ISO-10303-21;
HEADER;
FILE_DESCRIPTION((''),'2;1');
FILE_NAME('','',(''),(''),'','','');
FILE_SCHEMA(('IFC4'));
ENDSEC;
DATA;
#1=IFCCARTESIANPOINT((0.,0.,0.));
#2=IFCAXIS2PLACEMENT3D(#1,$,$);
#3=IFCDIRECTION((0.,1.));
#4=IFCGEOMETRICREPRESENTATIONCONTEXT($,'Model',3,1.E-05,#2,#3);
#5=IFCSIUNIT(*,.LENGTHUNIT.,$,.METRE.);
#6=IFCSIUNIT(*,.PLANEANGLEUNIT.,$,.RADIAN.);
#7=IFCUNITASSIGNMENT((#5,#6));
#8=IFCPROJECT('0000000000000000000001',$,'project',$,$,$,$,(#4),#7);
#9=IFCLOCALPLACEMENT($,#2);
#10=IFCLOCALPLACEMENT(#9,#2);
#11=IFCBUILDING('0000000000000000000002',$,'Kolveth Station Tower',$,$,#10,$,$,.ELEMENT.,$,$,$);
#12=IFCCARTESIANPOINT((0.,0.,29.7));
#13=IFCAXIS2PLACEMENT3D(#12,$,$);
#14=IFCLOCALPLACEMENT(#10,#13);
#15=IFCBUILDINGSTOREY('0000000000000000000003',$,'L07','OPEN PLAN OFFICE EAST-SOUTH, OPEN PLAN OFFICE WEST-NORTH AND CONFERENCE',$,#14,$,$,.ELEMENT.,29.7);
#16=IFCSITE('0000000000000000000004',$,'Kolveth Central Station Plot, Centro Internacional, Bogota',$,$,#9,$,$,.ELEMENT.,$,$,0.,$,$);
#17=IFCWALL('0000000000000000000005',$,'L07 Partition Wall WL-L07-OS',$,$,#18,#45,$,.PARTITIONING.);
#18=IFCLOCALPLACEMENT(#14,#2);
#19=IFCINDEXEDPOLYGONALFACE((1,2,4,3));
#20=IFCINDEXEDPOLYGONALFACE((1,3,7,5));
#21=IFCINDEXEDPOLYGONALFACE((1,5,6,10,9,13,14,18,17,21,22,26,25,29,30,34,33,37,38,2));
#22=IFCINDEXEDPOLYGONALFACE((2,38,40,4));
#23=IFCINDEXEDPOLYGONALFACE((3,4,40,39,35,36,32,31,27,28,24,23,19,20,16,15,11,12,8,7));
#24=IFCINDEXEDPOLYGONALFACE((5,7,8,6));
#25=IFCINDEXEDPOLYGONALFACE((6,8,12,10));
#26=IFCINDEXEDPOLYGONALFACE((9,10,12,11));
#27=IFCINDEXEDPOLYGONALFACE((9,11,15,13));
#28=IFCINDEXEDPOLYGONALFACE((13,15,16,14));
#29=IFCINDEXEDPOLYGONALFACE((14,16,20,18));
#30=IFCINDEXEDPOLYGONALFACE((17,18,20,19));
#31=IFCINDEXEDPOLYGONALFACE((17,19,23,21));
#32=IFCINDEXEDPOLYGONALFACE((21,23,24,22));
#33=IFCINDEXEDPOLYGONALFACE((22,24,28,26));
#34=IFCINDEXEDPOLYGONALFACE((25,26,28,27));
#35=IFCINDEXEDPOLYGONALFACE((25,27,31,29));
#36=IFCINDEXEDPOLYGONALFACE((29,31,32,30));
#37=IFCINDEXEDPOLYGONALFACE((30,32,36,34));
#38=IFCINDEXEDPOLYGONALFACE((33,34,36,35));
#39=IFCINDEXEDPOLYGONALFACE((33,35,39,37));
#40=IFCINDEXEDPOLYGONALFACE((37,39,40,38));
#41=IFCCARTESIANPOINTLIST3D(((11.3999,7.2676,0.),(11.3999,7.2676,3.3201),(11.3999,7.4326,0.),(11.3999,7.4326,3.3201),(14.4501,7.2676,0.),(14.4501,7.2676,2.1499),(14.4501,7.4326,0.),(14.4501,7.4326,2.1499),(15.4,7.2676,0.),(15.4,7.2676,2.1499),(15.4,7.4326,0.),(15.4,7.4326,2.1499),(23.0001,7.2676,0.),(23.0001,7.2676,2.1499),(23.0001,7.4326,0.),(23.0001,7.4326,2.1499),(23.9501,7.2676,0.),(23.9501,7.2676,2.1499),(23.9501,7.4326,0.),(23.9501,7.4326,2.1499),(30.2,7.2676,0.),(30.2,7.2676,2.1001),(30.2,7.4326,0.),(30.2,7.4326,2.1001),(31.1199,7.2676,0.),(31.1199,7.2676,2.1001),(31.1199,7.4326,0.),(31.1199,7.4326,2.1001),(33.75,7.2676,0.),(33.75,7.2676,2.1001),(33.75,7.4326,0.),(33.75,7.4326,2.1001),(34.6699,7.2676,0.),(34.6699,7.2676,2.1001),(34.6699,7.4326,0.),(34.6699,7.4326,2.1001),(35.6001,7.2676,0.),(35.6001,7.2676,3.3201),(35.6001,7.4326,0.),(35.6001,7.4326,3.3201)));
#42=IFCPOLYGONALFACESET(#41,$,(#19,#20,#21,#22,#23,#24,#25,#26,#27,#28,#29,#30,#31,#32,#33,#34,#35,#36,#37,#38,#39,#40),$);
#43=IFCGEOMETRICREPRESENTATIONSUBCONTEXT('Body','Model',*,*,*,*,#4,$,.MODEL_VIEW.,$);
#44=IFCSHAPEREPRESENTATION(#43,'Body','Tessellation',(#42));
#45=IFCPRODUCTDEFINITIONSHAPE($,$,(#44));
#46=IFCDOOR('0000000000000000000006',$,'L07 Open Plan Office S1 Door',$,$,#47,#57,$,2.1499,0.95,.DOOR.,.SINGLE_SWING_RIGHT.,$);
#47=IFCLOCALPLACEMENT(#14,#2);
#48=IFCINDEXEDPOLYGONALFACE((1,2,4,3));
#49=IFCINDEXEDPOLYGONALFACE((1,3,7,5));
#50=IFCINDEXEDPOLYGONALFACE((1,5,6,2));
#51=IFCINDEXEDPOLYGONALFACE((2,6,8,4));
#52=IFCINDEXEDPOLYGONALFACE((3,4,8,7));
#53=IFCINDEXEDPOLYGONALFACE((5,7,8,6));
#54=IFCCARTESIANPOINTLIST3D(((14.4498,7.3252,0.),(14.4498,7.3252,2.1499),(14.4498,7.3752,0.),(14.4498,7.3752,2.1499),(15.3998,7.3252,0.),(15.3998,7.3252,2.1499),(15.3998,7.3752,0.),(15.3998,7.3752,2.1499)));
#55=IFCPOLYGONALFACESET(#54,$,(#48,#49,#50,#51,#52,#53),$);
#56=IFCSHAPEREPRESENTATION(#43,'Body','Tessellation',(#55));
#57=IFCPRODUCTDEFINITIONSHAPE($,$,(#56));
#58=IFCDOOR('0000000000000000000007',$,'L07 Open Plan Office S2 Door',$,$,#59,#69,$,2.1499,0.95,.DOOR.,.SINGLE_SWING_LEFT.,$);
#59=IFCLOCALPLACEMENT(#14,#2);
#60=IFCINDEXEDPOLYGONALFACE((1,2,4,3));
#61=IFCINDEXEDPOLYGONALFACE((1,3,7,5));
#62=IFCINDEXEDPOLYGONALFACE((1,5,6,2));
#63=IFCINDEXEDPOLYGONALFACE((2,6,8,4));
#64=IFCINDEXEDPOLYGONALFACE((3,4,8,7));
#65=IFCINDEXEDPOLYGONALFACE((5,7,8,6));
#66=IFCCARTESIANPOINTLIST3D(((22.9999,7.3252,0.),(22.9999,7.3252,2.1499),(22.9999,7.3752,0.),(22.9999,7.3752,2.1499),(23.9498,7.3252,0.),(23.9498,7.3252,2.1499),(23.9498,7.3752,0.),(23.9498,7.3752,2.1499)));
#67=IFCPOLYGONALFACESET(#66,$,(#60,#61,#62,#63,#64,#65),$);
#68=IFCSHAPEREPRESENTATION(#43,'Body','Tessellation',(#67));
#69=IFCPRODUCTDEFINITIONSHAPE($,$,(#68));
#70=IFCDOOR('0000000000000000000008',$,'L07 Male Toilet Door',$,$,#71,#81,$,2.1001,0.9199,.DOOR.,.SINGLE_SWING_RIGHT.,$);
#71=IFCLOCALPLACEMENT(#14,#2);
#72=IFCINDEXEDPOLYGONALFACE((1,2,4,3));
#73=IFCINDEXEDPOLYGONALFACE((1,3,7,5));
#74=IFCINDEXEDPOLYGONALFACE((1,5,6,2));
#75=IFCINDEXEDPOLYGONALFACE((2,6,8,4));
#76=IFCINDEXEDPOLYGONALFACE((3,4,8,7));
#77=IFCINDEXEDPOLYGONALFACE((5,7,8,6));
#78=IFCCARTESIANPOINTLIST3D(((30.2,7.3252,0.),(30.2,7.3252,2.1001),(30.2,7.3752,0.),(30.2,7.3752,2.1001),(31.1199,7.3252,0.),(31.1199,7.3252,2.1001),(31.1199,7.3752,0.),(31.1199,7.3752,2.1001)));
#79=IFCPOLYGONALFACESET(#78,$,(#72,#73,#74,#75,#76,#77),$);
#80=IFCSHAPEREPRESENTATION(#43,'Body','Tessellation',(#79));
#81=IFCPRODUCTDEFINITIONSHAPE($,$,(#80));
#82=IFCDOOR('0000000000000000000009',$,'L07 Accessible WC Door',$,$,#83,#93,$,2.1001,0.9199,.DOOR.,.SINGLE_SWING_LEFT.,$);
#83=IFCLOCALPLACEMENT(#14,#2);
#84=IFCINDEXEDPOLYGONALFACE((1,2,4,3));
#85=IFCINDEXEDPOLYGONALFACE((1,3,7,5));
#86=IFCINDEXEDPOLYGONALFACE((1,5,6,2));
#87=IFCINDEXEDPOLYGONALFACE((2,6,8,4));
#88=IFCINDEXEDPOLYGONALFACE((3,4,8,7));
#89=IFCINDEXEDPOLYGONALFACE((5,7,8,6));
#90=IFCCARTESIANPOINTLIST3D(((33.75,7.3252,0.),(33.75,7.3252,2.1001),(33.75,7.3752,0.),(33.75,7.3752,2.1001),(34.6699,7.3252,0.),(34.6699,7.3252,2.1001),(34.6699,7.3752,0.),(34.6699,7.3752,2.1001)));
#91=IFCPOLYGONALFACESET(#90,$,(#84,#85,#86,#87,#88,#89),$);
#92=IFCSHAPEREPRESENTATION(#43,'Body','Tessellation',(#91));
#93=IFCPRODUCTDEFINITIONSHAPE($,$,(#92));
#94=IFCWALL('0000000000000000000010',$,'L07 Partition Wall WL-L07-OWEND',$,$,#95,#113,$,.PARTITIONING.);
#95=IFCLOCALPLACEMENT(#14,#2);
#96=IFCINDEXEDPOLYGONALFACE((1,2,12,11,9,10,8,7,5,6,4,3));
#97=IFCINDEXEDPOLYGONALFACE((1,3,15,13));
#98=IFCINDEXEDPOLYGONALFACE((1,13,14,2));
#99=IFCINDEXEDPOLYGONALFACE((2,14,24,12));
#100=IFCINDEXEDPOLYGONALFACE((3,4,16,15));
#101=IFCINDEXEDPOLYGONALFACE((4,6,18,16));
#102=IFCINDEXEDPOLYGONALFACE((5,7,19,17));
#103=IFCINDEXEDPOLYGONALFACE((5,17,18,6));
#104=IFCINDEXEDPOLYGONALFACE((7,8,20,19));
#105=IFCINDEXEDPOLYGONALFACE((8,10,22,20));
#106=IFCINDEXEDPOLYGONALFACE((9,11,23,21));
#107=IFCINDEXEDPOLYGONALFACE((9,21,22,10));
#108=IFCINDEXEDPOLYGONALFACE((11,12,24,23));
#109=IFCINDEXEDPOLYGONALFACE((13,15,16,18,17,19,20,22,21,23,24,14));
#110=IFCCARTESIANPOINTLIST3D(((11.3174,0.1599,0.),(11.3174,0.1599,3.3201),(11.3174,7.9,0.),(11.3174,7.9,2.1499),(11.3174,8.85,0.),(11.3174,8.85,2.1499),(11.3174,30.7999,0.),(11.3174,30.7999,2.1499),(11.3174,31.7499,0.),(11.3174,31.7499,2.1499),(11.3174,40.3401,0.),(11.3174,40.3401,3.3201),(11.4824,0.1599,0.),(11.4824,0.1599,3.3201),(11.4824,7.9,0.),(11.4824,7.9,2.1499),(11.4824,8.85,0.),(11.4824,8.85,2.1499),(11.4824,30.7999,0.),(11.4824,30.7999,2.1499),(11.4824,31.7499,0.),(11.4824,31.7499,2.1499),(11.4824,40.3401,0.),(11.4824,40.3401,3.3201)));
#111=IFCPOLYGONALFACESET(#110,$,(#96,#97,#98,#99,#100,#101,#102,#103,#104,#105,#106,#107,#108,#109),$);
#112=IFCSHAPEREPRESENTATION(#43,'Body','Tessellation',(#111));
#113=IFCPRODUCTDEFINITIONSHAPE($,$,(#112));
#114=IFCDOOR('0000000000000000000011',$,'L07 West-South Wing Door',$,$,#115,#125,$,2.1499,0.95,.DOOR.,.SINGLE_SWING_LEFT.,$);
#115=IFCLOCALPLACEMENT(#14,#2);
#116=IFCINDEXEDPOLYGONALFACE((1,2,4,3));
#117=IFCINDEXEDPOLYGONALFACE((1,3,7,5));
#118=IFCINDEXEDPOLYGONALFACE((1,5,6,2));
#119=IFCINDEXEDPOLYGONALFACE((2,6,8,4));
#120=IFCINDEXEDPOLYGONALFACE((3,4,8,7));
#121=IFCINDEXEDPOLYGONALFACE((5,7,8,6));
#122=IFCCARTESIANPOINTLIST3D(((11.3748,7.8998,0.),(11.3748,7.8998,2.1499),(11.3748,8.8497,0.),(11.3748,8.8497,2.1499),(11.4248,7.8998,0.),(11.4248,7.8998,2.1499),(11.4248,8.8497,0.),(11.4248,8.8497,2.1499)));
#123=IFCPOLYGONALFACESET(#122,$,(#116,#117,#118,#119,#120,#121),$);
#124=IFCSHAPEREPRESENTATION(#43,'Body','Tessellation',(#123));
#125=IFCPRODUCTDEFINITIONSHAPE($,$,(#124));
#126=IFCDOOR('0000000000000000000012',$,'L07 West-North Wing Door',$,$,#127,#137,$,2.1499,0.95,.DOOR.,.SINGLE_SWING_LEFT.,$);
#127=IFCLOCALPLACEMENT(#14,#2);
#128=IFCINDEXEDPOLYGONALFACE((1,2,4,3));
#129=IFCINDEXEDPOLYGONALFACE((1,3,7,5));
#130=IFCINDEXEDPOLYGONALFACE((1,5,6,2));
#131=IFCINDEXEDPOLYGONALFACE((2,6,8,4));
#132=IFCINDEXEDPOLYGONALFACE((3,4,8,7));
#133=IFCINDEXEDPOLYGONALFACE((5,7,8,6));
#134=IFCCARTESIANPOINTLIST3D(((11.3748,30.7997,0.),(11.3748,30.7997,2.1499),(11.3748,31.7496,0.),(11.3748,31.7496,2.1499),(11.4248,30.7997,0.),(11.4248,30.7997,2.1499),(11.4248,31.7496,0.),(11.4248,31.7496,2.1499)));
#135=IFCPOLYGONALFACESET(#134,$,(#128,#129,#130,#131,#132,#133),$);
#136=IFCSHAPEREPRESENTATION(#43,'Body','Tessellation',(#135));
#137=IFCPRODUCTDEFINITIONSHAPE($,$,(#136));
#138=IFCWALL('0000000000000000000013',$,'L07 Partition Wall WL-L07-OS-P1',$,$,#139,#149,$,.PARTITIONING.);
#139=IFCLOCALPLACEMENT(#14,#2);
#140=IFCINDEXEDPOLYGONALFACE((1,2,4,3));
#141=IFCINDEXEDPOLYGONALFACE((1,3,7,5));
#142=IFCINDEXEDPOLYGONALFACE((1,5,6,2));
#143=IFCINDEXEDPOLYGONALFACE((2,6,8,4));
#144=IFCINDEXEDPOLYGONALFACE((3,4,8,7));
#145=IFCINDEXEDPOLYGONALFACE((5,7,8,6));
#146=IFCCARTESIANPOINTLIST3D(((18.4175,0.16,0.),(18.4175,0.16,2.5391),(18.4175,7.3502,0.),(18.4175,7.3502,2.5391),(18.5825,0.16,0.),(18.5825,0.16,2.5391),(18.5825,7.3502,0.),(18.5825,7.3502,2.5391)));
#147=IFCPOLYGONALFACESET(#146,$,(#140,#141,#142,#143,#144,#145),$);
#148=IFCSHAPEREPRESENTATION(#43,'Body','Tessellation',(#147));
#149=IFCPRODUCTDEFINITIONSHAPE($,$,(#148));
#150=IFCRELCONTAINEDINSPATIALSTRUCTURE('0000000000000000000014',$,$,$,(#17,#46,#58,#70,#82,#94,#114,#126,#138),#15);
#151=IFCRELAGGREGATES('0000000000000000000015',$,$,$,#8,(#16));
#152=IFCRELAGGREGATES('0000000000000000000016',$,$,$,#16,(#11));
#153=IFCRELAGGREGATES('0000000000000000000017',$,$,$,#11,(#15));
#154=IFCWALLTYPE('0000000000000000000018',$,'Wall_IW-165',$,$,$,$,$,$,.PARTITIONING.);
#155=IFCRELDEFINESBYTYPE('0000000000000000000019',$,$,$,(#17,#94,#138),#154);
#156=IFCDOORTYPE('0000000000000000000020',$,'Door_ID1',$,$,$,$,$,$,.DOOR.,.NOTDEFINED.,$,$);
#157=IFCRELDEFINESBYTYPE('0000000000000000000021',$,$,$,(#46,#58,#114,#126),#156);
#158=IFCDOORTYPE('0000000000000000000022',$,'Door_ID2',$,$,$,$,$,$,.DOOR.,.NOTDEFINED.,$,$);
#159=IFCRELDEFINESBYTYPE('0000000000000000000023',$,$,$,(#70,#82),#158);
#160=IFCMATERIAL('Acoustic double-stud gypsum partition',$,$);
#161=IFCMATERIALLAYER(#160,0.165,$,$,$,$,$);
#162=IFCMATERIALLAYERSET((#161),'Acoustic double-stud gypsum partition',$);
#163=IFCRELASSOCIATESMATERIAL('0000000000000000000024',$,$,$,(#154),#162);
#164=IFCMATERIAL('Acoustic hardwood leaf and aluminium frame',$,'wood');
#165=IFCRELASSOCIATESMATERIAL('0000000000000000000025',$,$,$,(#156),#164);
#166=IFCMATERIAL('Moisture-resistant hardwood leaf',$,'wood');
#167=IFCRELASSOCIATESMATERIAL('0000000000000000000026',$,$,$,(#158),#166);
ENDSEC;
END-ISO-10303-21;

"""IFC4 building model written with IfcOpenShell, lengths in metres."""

from ifc_helpers import new_model, si_unit, direction, frame, frame_2d, origin, place, context, subcontext, project, spatial, rectangle, extrude, material, layer, layer_set, type_object, element, fill, save


model = new_model("IFC4")

# Units and contexts
model_context = context("Model", 3, precision=1e-05, world=origin(), true_north=direction((0.0, 1.0)))
body_context = subcontext(model_context, "Body", "Model", "MODEL_VIEW")
ifc_project = project(units=[si_unit("LENGTHUNIT", "METRE"), si_unit("PLANEANGLEUNIT", "RADIAN")], contexts=[model_context])

# Site, building, storey
site_placement = place(None, origin())
site = spatial("IfcSite", under=ifc_project, at=site_placement, Name="Kolveth Central Station Plot, Centro Internacional, Bogota", CompositionType="ELEMENT", RefElevation=0.0)
building_placement = place(site_placement, origin())
building = spatial("IfcBuilding", under=site, at=building_placement, Name="Kolveth Station Tower", CompositionType="ELEMENT")
storey_placement = place(building_placement, frame((0.0, 0.0, 29.7)))
storey = spatial("IfcBuildingStorey", under=building, at=storey_placement, Name="L07", Description="OPEN PLAN OFFICE EAST-SOUTH, OPEN PLAN OFFICE WEST-NORTH AND CONFERENCE", CompositionType="ELEMENT", Elevation=29.7)

# Walls, openings, doors
ifc_material_1 = material(Name="Acoustic double-stud gypsum partition")
ifc_layer_1 = layer(ifc_material_1, 0.165)
ifc_layer_set_1 = layer_set([ifc_layer_1], Name="Acoustic double-stud gypsum partition")
wall_type = type_object("IfcWallType", Name="Wall_IW-165", PredefinedType="PARTITIONING", material=ifc_layer_set_1)
wall_1_placement = place(storey_placement, frame((11.3999, 7.3501, 0.0), z_axis=(0.0, 0.0, 1.0), x_axis=(1.0, 0.0, 0.0)))
wall_1 = element("IfcWall", 1, at=wall_1_placement, inside=storey, type_object=wall_type, Name="L07 Partition Wall WL-L07-OS", PredefinedType="PARTITIONING", context=body_context, shape_type="SweptSolid", body=[
    extrude(rectangle(XDim=24.2002, YDim=0.165, at=frame_2d((12.1001, 0.0))), origin(), (0.0, 0.0, 1.0), 3.3201),
])
opening_1_placement = place(wall_1_placement, frame((3.05, 0.0, 0.0)))
opening_1 = element("IfcOpeningElement", 2, at=opening_1_placement, cuts=wall_1, PredefinedType="OPENING", context=body_context, shape_type="SweptSolid", body=[
    extrude(rectangle(XDim=0.95, YDim=2.1499, at=frame_2d((0.4751, 1.075))), frame((0.0, 0.0925, 0.0), z_axis=(0.0, -1.0, 0.0), x_axis=(1.0, 0.0, 0.0)), (0.0, 0.0, 1.0), 0.1851),
])
opening_2_placement = place(wall_1_placement, frame((11.6001, 0.0, 0.0)))
opening_2 = element("IfcOpeningElement", 3, at=opening_2_placement, cuts=wall_1, PredefinedType="OPENING", context=body_context, shape_type="SweptSolid", body=[
    extrude(rectangle(XDim=0.95, YDim=2.1499, at=frame_2d((0.4751, 1.075))), frame((0.0, 0.0925, 0.0), z_axis=(0.0, -1.0, 0.0), x_axis=(1.0, 0.0, 0.0)), (0.0, 0.0, 1.0), 0.1851),
])
opening_3_placement = place(wall_1_placement, frame((18.8, 0.0, 0.0)))
opening_3 = element("IfcOpeningElement", 4, at=opening_3_placement, cuts=wall_1, PredefinedType="OPENING", context=body_context, shape_type="SweptSolid", body=[
    extrude(rectangle(XDim=0.9199, YDim=2.1001, at=frame_2d((0.46, 1.05))), frame((0.0, 0.0925, 0.0), z_axis=(0.0, -1.0, 0.0), x_axis=(1.0, 0.0, 0.0)), (0.0, 0.0, 1.0), 0.1851),
])
opening_4_placement = place(wall_1_placement, frame((22.3501, 0.0, 0.0)))
opening_4 = element("IfcOpeningElement", 5, at=opening_4_placement, cuts=wall_1, PredefinedType="OPENING", context=body_context, shape_type="SweptSolid", body=[
    extrude(rectangle(XDim=0.9199, YDim=2.1001, at=frame_2d((0.46, 1.05))), frame((0.0, 0.0925, 0.0), z_axis=(0.0, -1.0, 0.0), x_axis=(1.0, 0.0, 0.0)), (0.0, 0.0, 1.0), 0.1851),
])
ifc_material_2 = material(Name="Acoustic hardwood leaf and aluminium frame", Category="wood")
door_type_1 = type_object("IfcDoorType", Name="Door_ID1", OperationType="NOTDEFINED", PredefinedType="DOOR", material=ifc_material_2)
door_1_placement = place(opening_1_placement, frame((0.95, 0.0, 0.0), z_axis=(0.0, 0.0, 1.0), x_axis=(-1.0, 0.0, 0.0)))
door_1 = element("IfcDoor", 6, at=door_1_placement, inside=storey, type_object=door_type_1, Name="L07 Open Plan Office S1 Door", OperationType="SINGLE_SWING_RIGHT", OverallHeight=2.1499, OverallWidth=0.95, PredefinedType="DOOR", context=body_context, shape_type="SweptSolid", body=[
    extrude(rectangle(XDim=0.95, YDim=2.1499, at=frame_2d((0.4751, 1.075))), frame((0.0, 0.0249, 0.0), z_axis=(0.0, -1.0, 0.0), x_axis=(1.0, 0.0, 0.0)), (0.0, 0.0, 1.0), 0.05),
])
fill(opening_1, door_1)
door_2_placement = place(opening_2_placement, frame((0.95, 0.0, 0.0), z_axis=(0.0, 0.0, 1.0), x_axis=(-1.0, 0.0, 0.0)))
door_2 = element("IfcDoor", 7, at=door_2_placement, inside=storey, type_object=door_type_1, Name="L07 Open Plan Office S2 Door", OperationType="SINGLE_SWING_LEFT", OverallHeight=2.1499, OverallWidth=0.95, PredefinedType="DOOR", context=body_context, shape_type="SweptSolid", body=[
    extrude(rectangle(XDim=0.95, YDim=2.1499, at=frame_2d((0.4751, 1.075))), frame((0.0, 0.0249, 0.0), z_axis=(0.0, -1.0, 0.0), x_axis=(1.0, 0.0, 0.0)), (0.0, 0.0, 1.0), 0.05),
])
fill(opening_2, door_2)
ifc_material_3 = material(Name="Moisture-resistant hardwood leaf", Category="wood")
door_type_2 = type_object("IfcDoorType", Name="Door_ID2", OperationType="NOTDEFINED", PredefinedType="DOOR", material=ifc_material_3)
door_3_placement = place(opening_3_placement, frame((0.9199, 0.0, 0.0), z_axis=(0.0, 0.0, 1.0), x_axis=(-1.0, 0.0, 0.0)))
door_3 = element("IfcDoor", 8, at=door_3_placement, inside=storey, type_object=door_type_2, Name="L07 Male Toilet Door", OperationType="SINGLE_SWING_RIGHT", OverallHeight=2.1001, OverallWidth=0.9199, PredefinedType="DOOR", context=body_context, shape_type="SweptSolid", body=[
    extrude(rectangle(XDim=0.9199, YDim=2.1001, at=frame_2d((0.46, 1.05))), frame((0.0, 0.0249, 0.0), z_axis=(0.0, -1.0, 0.0), x_axis=(1.0, 0.0, 0.0)), (0.0, 0.0, 1.0), 0.05),
])
fill(opening_3, door_3)
door_4_placement = place(opening_4_placement, frame((0.9199, 0.0, 0.0), z_axis=(0.0, 0.0, 1.0), x_axis=(-1.0, 0.0, 0.0)))
door_4 = element("IfcDoor", 9, at=door_4_placement, inside=storey, type_object=door_type_2, Name="L07 Accessible WC Door", OperationType="SINGLE_SWING_LEFT", OverallHeight=2.1001, OverallWidth=0.9199, PredefinedType="DOOR", context=body_context, shape_type="SweptSolid", body=[
    extrude(rectangle(XDim=0.9199, YDim=2.1001, at=frame_2d((0.46, 1.05))), frame((0.0, 0.0249, 0.0), z_axis=(0.0, -1.0, 0.0), x_axis=(1.0, 0.0, 0.0)), (0.0, 0.0, 1.0), 0.05),
])
fill(opening_4, door_4)
wall_2_placement = place(storey_placement, frame((11.3999, 0.1599, 0.0), z_axis=(0.0, 0.0, 1.0), x_axis=(0.0, 1.0, 0.0)))
wall_2 = element("IfcWall", 10, at=wall_2_placement, inside=storey, type_object=wall_type, Name="L07 Partition Wall WL-L07-OWEND", PredefinedType="PARTITIONING", context=body_context, shape_type="SweptSolid", body=[
    extrude(rectangle(XDim=40.1802, YDim=0.165, at=frame_2d((20.0901, 0.0))), origin(), (0.0, 0.0, 1.0), 3.3201),
])
opening_5_placement = place(wall_2_placement, frame((7.74, 0.0, 0.0)))
opening_5 = element("IfcOpeningElement", 11, at=opening_5_placement, cuts=wall_2, PredefinedType="OPENING", context=body_context, shape_type="SweptSolid", body=[
    extrude(rectangle(XDim=0.95, YDim=2.1499, at=frame_2d((0.4751, 1.075))), frame((0.0, 0.0925, 0.0), z_axis=(0.0, -1.0, 0.0), x_axis=(1.0, 0.0, 0.0)), (0.0, 0.0, 1.0), 0.1851),
])
opening_6_placement = place(wall_2_placement, frame((30.6399, 0.0, 0.0)))
opening_6 = element("IfcOpeningElement", 12, at=opening_6_placement, cuts=wall_2, PredefinedType="OPENING", context=body_context, shape_type="SweptSolid", body=[
    extrude(rectangle(XDim=0.95, YDim=2.1499, at=frame_2d((0.4751, 1.075))), frame((0.0, 0.0925, 0.0), z_axis=(0.0, -1.0, 0.0), x_axis=(1.0, 0.0, 0.0)), (0.0, 0.0, 1.0), 0.1851),
])
door_5_placement = place(opening_5_placement, frame((0.95, 0.0, 0.0), z_axis=(0.0, 0.0, 1.0), x_axis=(-1.0, 0.0, 0.0)))
door_5 = element("IfcDoor", 13, at=door_5_placement, inside=storey, type_object=door_type_1, Name="L07 West-South Wing Door", OperationType="SINGLE_SWING_LEFT", OverallHeight=2.1499, OverallWidth=0.95, PredefinedType="DOOR", context=body_context, shape_type="SweptSolid", body=[
    extrude(rectangle(XDim=0.95, YDim=2.1499, at=frame_2d((0.4751, 1.075))), frame((0.0, 0.0249, 0.0), z_axis=(0.0, -1.0, 0.0), x_axis=(1.0, 0.0, 0.0)), (0.0, 0.0, 1.0), 0.05),
])
fill(opening_5, door_5)
door_6_placement = place(opening_6_placement, frame((0.95, 0.0, 0.0), z_axis=(0.0, 0.0, 1.0), x_axis=(-1.0, 0.0, 0.0)))
door_6 = element("IfcDoor", 14, at=door_6_placement, inside=storey, type_object=door_type_1, Name="L07 West-North Wing Door", OperationType="SINGLE_SWING_LEFT", OverallHeight=2.1499, OverallWidth=0.95, PredefinedType="DOOR", context=body_context, shape_type="SweptSolid", body=[
    extrude(rectangle(XDim=0.95, YDim=2.1499, at=frame_2d((0.4751, 1.075))), frame((0.0, 0.0249, 0.0), z_axis=(0.0, -1.0, 0.0), x_axis=(1.0, 0.0, 0.0)), (0.0, 0.0, 1.0), 0.05),
])
fill(opening_6, door_6)

# Wall
wall_3_placement = place(storey_placement, frame((18.5, 0.1599, 0.0), z_axis=(0.0, 0.0, 1.0), x_axis=(0.0, 1.0, 0.0)))
element("IfcWall", 15, at=wall_3_placement, inside=storey, type_object=wall_type, Name="L07 Partition Wall WL-L07-OS-P1", PredefinedType="PARTITIONING", context=body_context, shape_type="SweptSolid", body=[
    extrude(rectangle(XDim=7.1902, YDim=0.165, at=frame_2d((3.5952, 0.0))), origin(), (0.0, 0.0, 1.0), 2.5391),
])

save(model, "model.ifc")
